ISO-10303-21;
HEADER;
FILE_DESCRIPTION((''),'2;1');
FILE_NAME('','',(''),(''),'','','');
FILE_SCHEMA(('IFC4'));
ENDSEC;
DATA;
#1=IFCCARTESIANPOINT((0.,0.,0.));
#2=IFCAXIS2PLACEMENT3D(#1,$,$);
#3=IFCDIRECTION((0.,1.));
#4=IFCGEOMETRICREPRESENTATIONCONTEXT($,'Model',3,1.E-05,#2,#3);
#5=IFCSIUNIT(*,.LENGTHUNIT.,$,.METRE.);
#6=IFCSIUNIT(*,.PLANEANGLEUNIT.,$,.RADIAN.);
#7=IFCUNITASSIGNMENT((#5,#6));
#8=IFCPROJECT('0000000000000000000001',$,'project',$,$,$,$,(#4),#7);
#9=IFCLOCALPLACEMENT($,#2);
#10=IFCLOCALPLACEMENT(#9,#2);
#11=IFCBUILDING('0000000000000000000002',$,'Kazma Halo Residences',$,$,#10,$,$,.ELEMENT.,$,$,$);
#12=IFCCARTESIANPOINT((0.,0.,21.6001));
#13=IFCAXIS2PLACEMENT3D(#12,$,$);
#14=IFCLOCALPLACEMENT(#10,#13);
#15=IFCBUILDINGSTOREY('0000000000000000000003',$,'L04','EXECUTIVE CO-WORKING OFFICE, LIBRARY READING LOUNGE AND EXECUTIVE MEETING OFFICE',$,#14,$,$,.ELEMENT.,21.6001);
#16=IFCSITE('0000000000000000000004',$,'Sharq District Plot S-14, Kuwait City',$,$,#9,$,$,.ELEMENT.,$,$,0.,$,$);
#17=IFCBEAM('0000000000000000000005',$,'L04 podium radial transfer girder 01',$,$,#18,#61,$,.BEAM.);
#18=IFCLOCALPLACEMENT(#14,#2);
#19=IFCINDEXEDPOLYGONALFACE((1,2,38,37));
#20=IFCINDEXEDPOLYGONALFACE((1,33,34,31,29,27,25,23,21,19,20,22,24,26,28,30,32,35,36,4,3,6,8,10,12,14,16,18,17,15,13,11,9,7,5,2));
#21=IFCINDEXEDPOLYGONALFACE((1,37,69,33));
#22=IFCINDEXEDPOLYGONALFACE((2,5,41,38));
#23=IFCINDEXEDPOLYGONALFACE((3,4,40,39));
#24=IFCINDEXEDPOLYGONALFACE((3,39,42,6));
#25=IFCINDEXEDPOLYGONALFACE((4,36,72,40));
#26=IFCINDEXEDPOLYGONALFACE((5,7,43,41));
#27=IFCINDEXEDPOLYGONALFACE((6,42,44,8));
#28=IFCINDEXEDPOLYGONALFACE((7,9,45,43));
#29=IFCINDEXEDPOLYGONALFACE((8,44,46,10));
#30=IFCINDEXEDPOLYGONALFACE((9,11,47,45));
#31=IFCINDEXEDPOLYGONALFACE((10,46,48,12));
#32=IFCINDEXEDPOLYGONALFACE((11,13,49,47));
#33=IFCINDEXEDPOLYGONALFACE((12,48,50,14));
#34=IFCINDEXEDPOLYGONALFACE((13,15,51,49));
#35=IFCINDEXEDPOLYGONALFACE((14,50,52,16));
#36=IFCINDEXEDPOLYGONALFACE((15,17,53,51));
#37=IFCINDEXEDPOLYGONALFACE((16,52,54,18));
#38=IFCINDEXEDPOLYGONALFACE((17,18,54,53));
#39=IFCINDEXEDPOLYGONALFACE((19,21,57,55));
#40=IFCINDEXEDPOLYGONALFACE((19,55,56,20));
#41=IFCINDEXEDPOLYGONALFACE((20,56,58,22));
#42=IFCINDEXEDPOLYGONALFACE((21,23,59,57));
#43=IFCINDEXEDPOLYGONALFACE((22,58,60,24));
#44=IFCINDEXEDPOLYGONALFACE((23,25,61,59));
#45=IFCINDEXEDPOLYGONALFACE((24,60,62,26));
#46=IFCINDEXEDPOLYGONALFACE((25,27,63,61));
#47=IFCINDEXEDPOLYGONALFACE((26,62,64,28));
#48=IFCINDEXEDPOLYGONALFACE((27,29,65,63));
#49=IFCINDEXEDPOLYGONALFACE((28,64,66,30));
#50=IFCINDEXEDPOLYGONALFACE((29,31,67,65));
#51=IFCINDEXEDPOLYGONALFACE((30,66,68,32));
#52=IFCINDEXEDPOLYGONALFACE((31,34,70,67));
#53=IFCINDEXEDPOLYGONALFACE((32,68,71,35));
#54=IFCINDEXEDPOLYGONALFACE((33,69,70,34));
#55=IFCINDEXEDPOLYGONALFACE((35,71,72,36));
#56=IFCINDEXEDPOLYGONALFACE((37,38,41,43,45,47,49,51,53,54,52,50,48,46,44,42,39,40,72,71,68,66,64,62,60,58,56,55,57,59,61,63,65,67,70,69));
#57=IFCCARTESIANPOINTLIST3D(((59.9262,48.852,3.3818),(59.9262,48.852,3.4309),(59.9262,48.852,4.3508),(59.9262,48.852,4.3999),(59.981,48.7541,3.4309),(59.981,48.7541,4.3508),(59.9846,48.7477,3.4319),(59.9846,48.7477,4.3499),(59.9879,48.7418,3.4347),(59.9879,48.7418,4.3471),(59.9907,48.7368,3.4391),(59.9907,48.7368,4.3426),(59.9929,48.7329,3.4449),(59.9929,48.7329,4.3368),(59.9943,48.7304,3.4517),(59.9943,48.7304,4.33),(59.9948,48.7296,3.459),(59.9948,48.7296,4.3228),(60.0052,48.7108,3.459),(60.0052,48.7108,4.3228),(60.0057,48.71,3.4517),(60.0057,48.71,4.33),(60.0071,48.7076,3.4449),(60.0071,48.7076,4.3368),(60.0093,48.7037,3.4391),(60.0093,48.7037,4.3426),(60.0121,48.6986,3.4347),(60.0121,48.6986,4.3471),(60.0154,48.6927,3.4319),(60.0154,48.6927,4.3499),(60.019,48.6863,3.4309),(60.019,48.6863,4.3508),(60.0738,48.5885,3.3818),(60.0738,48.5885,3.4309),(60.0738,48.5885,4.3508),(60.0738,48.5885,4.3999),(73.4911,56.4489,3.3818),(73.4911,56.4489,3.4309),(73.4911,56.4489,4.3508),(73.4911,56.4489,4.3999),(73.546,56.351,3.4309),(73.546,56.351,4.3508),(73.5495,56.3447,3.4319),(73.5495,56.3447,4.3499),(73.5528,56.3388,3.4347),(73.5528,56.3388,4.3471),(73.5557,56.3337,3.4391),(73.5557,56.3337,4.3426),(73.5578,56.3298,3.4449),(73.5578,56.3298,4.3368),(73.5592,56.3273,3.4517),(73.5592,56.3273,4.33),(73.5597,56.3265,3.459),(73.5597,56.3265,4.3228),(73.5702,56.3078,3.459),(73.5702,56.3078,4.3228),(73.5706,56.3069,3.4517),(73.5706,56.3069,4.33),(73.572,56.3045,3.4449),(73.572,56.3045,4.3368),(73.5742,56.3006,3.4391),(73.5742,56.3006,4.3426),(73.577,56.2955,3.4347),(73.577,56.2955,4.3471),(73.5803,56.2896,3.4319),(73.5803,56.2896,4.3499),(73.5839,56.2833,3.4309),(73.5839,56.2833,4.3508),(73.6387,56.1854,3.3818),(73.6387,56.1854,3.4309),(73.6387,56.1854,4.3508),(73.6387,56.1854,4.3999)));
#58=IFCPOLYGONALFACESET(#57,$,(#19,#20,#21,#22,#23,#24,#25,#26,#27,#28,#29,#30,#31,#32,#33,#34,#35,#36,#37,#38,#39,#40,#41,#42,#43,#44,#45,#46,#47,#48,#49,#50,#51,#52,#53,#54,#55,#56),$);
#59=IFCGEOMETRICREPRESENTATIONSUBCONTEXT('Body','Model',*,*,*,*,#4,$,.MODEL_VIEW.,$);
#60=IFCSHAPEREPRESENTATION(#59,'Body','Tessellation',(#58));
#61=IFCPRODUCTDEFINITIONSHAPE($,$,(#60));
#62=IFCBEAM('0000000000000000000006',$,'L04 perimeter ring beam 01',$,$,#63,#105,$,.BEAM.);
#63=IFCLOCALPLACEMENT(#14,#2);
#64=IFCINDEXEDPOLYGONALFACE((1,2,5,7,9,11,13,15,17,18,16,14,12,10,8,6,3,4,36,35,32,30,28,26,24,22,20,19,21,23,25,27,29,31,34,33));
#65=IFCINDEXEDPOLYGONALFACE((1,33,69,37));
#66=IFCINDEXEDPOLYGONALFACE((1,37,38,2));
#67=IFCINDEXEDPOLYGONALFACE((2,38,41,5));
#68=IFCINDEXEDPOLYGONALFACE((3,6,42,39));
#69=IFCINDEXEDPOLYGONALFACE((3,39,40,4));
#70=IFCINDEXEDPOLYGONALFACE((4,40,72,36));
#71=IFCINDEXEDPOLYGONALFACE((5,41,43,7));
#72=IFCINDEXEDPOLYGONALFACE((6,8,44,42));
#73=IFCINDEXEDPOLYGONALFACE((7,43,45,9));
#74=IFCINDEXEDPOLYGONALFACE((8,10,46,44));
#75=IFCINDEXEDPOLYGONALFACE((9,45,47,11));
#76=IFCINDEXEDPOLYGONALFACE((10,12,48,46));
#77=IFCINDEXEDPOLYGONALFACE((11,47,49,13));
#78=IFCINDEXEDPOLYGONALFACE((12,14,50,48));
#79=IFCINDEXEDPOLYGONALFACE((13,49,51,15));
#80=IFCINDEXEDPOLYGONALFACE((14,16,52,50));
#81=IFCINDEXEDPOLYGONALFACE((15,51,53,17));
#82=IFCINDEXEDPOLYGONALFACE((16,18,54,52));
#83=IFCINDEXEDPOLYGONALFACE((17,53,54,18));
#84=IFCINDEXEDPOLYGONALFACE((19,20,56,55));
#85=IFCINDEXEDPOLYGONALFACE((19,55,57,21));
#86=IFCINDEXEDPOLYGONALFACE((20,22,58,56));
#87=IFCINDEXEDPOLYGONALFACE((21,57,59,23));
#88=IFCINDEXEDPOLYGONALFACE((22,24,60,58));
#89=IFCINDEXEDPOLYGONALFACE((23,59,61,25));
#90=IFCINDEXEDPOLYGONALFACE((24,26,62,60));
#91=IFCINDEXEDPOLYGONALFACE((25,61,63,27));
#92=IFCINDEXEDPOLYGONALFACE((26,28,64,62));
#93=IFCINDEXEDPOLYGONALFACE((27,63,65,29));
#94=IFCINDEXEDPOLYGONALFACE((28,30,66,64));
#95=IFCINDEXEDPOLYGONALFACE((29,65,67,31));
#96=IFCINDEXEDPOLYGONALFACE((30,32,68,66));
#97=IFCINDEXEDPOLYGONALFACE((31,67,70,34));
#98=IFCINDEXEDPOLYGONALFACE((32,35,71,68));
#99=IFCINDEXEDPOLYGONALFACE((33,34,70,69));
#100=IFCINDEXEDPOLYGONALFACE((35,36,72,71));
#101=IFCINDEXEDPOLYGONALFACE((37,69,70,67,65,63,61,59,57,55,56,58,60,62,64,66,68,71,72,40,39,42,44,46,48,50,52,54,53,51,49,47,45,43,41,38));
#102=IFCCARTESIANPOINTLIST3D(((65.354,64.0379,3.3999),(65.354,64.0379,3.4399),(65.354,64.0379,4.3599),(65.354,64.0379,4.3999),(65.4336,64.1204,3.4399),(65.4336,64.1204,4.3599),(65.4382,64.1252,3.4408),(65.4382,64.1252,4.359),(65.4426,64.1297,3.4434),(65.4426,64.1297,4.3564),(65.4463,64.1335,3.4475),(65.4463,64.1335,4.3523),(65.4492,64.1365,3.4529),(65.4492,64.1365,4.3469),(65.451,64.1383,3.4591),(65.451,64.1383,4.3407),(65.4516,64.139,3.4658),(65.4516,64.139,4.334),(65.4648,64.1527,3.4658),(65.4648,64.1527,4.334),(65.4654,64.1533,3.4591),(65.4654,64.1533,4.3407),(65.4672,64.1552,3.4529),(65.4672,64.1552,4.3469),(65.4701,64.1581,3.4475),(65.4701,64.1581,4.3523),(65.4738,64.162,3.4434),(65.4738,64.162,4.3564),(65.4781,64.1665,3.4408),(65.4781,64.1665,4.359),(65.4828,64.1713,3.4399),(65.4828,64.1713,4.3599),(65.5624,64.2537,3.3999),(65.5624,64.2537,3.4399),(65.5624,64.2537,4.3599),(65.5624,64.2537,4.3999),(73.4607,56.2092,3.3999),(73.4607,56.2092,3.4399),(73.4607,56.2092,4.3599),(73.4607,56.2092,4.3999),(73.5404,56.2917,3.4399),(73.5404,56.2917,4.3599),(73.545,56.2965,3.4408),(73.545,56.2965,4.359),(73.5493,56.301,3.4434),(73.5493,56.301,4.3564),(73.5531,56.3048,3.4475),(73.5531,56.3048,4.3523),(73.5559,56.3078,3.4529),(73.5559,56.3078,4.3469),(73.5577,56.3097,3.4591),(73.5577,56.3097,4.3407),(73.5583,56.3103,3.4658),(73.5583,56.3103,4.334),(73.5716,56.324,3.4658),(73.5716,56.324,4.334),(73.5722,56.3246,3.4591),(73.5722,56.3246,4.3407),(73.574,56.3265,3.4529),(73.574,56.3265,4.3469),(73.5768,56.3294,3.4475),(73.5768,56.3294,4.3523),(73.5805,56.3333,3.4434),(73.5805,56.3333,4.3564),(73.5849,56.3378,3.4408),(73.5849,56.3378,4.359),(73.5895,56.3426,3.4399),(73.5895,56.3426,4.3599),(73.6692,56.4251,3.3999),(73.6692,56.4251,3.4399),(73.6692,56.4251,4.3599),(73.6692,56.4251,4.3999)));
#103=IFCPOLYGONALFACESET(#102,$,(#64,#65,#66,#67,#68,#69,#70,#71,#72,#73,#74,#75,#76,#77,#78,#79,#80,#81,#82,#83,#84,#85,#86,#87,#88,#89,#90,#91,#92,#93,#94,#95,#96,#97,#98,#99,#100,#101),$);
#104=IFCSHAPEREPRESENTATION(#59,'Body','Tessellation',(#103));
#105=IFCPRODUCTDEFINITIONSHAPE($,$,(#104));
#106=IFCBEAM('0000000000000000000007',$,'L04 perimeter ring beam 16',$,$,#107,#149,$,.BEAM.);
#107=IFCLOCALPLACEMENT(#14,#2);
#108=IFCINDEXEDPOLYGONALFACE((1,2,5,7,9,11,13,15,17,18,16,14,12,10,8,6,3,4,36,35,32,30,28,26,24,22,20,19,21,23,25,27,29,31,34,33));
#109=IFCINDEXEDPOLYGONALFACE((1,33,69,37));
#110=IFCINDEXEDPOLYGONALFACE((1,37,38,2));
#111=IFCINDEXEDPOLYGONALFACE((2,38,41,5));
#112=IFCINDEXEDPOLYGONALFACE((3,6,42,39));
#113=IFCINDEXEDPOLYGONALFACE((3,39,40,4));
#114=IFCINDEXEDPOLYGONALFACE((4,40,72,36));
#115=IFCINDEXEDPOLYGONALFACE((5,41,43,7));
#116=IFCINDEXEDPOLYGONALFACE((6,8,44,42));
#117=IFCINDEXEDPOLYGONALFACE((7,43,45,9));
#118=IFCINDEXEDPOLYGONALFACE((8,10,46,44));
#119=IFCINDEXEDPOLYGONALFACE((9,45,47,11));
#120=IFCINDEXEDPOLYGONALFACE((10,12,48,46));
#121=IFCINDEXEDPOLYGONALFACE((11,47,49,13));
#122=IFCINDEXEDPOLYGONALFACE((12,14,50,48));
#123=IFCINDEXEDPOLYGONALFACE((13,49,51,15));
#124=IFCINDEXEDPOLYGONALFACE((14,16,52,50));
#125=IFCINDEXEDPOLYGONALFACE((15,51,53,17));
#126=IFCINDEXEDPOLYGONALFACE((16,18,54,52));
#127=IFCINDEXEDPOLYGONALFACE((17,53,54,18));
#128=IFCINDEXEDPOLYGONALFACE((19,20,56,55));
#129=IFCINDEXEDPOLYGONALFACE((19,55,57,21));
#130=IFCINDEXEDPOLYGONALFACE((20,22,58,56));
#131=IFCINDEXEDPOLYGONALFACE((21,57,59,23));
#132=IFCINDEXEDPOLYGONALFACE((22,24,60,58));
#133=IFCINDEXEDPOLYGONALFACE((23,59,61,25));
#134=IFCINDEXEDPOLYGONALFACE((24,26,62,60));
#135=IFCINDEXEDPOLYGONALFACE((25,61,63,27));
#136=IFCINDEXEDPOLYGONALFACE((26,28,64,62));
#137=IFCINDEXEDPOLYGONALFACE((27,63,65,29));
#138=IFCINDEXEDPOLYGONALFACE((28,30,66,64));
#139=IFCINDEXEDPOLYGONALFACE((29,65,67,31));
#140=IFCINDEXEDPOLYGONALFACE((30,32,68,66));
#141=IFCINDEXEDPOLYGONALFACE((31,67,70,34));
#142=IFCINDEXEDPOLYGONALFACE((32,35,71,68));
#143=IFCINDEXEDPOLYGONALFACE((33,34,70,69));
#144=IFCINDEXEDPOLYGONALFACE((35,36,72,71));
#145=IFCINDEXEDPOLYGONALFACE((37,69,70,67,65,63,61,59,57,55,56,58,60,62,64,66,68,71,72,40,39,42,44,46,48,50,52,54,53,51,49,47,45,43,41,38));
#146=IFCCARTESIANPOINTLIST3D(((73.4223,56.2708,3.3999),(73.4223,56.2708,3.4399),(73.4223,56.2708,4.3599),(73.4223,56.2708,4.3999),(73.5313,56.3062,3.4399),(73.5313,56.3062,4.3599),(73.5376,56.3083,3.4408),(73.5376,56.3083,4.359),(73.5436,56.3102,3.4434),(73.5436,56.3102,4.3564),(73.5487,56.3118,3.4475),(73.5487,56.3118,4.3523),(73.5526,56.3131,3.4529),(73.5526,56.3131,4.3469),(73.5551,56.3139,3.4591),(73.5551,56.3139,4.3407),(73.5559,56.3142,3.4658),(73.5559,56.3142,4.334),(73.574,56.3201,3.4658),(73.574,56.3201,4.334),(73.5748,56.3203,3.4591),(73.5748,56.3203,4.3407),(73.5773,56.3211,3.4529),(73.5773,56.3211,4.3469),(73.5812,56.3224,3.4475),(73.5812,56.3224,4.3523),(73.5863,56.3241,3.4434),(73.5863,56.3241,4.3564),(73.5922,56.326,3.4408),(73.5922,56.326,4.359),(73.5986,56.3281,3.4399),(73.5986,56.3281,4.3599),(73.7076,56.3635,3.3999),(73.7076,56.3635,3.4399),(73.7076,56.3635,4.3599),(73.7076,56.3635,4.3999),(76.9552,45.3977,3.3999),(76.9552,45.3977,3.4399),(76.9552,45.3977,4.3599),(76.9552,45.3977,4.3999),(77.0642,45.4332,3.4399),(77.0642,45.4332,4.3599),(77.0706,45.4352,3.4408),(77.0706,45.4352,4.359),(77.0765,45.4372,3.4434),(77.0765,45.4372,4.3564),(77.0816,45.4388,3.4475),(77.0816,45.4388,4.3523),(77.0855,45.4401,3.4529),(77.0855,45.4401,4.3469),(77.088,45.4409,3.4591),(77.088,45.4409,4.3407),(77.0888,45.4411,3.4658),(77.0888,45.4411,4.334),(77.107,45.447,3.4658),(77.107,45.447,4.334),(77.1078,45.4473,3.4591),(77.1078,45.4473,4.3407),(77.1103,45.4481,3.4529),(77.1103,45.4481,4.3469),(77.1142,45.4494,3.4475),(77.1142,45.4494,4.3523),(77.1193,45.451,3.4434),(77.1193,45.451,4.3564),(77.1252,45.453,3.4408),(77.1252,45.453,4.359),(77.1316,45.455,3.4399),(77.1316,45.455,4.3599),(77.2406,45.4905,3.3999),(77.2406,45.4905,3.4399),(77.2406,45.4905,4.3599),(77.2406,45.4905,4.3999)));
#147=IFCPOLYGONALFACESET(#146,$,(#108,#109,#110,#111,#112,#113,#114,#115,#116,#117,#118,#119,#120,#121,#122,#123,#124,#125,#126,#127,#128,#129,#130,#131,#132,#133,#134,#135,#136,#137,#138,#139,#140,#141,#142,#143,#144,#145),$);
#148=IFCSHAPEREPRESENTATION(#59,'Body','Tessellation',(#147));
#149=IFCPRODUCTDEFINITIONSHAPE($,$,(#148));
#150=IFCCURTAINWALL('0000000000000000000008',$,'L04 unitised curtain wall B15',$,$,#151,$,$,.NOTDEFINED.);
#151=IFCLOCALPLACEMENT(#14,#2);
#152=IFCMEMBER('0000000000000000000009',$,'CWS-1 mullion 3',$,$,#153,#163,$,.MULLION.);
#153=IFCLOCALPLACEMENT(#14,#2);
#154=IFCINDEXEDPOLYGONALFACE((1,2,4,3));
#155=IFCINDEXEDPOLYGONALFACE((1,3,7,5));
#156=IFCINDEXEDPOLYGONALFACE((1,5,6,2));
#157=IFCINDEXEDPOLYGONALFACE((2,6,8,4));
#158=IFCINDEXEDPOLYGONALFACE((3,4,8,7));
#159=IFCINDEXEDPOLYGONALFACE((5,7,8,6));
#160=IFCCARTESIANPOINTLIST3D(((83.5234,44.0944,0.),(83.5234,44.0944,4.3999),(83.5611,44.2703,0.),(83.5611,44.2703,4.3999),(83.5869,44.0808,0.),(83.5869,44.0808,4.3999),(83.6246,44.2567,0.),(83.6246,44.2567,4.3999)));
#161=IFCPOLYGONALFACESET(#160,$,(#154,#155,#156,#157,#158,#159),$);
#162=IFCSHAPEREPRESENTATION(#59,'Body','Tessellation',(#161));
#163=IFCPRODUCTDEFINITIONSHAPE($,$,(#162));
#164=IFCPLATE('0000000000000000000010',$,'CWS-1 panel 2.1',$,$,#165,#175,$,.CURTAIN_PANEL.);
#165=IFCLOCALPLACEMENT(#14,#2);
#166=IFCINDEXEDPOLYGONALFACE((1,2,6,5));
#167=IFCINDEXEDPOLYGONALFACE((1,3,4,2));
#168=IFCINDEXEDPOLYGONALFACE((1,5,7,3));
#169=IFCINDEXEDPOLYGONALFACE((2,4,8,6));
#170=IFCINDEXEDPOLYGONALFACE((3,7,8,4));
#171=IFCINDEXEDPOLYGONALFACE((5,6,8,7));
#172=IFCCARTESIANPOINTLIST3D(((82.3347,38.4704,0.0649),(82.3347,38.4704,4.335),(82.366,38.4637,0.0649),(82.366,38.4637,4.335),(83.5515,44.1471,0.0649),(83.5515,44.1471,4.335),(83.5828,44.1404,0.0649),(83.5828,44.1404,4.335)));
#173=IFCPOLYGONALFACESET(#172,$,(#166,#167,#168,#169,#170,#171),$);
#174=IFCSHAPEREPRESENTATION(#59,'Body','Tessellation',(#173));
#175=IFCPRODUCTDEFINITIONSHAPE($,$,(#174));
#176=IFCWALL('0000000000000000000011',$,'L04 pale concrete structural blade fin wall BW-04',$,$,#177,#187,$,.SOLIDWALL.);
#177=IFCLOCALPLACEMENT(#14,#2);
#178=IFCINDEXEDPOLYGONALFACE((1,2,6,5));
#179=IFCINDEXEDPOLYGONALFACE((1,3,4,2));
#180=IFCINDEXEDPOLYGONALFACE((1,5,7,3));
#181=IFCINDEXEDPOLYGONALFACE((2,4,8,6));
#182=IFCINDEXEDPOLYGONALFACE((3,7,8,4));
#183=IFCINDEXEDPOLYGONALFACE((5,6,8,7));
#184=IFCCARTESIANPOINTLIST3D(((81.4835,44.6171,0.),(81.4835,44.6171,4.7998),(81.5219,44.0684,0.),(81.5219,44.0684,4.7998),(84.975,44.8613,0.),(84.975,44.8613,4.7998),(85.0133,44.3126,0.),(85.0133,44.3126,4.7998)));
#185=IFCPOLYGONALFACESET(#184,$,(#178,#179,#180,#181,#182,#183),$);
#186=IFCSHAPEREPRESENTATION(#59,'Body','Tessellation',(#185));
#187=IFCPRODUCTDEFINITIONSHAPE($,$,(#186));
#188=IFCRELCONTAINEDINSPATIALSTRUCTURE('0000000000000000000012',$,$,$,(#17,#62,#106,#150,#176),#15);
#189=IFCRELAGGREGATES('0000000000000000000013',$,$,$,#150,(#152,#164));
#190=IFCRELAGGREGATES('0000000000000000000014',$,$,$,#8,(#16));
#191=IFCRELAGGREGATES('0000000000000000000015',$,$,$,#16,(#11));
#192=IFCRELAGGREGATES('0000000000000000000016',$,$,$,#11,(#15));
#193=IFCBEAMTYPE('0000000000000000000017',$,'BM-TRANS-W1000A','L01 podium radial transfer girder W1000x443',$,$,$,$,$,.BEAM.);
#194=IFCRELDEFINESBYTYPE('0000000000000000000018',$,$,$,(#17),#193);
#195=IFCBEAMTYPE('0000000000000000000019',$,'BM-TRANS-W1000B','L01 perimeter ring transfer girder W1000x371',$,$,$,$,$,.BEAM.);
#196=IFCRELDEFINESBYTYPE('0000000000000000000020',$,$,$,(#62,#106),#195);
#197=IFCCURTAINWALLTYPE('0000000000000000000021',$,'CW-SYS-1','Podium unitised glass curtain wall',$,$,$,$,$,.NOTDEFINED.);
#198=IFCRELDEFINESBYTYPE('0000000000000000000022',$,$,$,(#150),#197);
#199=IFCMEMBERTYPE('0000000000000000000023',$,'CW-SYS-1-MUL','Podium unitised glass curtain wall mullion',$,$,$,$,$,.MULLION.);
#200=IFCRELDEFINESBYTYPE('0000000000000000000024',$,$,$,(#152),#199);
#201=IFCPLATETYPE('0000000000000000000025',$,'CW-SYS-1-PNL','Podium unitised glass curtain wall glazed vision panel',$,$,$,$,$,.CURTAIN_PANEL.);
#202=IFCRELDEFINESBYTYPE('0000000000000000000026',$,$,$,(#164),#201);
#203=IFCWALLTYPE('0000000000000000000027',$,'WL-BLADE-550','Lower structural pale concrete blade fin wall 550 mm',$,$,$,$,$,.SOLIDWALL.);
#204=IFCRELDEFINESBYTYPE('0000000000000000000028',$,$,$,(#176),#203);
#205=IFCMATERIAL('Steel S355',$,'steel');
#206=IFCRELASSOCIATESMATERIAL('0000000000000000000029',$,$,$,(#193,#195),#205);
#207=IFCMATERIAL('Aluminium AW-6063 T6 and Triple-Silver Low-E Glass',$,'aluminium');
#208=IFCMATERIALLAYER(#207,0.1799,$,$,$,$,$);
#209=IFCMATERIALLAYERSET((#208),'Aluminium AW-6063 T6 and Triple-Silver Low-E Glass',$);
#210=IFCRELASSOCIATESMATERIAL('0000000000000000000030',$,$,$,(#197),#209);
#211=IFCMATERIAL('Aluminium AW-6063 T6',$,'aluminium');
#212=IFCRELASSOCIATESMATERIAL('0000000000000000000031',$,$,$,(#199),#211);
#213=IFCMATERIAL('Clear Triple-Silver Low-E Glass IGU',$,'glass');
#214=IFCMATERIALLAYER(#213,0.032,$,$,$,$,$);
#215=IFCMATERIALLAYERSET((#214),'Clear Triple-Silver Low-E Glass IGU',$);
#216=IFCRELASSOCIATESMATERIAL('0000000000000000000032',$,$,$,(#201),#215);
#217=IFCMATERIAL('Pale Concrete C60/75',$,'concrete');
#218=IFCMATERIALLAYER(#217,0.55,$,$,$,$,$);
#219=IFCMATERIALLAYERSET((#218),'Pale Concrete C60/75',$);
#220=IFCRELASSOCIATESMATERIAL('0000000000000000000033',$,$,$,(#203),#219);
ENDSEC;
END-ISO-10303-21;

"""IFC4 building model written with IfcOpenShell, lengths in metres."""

from ifc_helpers import new_model, si_unit, direction, frame, frame_2d, origin, origin_2d, place, context, subcontext, project, spatial, rectangle, i_section, extrude, material, layer, layer_set, material_profile, profile_set, type_object, element, aggregate, save


model = new_model("IFC4")

# Units and contexts
model_context = context("Model", 3, precision=1e-05, world=origin(), true_north=direction((0.0, 1.0)))
body_context = subcontext(model_context, "Body", "Model", "MODEL_VIEW")
ifc_project = project(units=[si_unit("LENGTHUNIT", "METRE"), si_unit("PLANEANGLEUNIT", "RADIAN")], contexts=[model_context])

# Site, building, storey
site_placement = place(None, origin())
site = spatial("IfcSite", under=ifc_project, at=site_placement, Name="Sharq District Plot S-14, Kuwait City", CompositionType="ELEMENT", RefElevation=0.0)
building_placement = place(site_placement, origin())
building = spatial("IfcBuilding", under=site, at=building_placement, Name="Kazma Halo Residences", CompositionType="ELEMENT")
storey_placement = place(building_placement, frame((0.0, 0.0, 21.6001)))
storey = spatial("IfcBuildingStorey", under=building, at=storey_placement, Name="L04", Description="EXECUTIVE CO-WORKING OFFICE, LIBRARY READING LOUNGE AND EXECUTIVE MEETING OFFICE", CompositionType="ELEMENT", Elevation=21.6001)

# Beams
ifc_material_1 = material(Name="Steel S355", Category="steel")
ifc_material_profile_1 = material_profile(ifc_material_1, i_section(OverallWidth=0.302, OverallDepth=1.0181, WebThickness=0.0215, FlangeThickness=0.0491, FilletRadius=0.0281, at=origin_2d()), Name="W1000x443")
ifc_profile_set_1 = profile_set([ifc_material_profile_1], Name="Steel S355")
beam_type_1 = type_object("IfcBeamType", Name="BM-TRANS-W1000A", Description="L01 podium radial transfer girder W1000x443", PredefinedType="BEAM", material=ifc_profile_set_1)
beam_1_placement = place(storey_placement, frame((60.0, 48.7202, 3.8909), z_axis=(0.872491, 0.488631, 0.0), x_axis=(-0.488631, 0.872491, 0.0)))
element("IfcBeam", 1, at=beam_1_placement, inside=storey, type_object=beam_type_1, Name="L04 podium radial transfer girder 01", PredefinedType="BEAM", context=body_context, shape_type="SweptSolid", body=[
    extrude(i_section(OverallWidth=0.302, OverallDepth=1.0181, WebThickness=0.0215, FlangeThickness=0.0491, FilletRadius=0.0281, at=origin_2d()), origin(), (0.0, 0.0, 1.0), 15.5474),
])
ifc_material_profile_2 = material_profile(ifc_material_1, i_section(OverallWidth=0.3, OverallDepth=1.0, WebThickness=0.019, FlangeThickness=0.04, FilletRadius=0.0259, at=origin_2d()), Name="W1000x371")
ifc_profile_set_2 = profile_set([ifc_material_profile_2], Name="Steel S355")
beam_type_2 = type_object("IfcBeamType", Name="BM-TRANS-W1000B", Description="L01 perimeter ring transfer girder W1000x371", PredefinedType="BEAM", material=ifc_profile_set_2)
beam_2_placement = place(storey_placement, frame((73.5649, 56.3171, 3.8999), z_axis=(-0.719337, 0.694662, 0.0), x_axis=(-0.694662, -0.719337, 0.0)))
element("IfcBeam", 2, at=beam_2_placement, inside=storey, type_object=beam_type_2, Name="L04 perimeter ring beam 01", PredefinedType="BEAM", context=body_context, shape_type="SweptSolid", body=[
    extrude(i_section(OverallWidth=0.3, OverallDepth=1.0, WebThickness=0.019, FlangeThickness=0.04, FilletRadius=0.0259, at=origin_2d()), origin(), (0.0, 0.0, 1.0), 11.2698),
])
beam_3_placement = place(storey_placement, frame((77.0979, 45.4441, 3.8999), z_axis=(-0.309024, 0.951054, 0.0), x_axis=(-0.951054, -0.309024, 0.0)))
element("IfcBeam", 3, at=beam_3_placement, inside=storey, type_object=beam_type_2, Name="L04 perimeter ring beam 16", PredefinedType="BEAM", context=body_context, shape_type="SweptSolid", body=[
    extrude(i_section(OverallWidth=0.3, OverallDepth=1.0, WebThickness=0.019, FlangeThickness=0.04, FilletRadius=0.0259, at=origin_2d()), origin(), (0.0, 0.0, 1.0), 11.4326),
])

# Curtain wall, member, plate
ifc_material_2 = material(Name="Aluminium AW-6063 T6 and Triple-Silver Low-E Glass", Category="aluminium")
ifc_layer_1 = layer(ifc_material_2, 0.1799)
ifc_layer_set_1 = layer_set([ifc_layer_1], Name="Aluminium AW-6063 T6 and Triple-Silver Low-E Glass")
curtain_wall_type = type_object("IfcCurtainWallType", Name="CW-SYS-1", Description="Podium unitised glass curtain wall", PredefinedType="NOTDEFINED", material=ifc_layer_set_1)
curtain_wall_placement = place(storey_placement, origin())
curtain_wall = element("IfcCurtainWall", 4, at=curtain_wall_placement, inside=storey, type_object=curtain_wall_type, Name="L04 unitised curtain wall B15", PredefinedType="NOTDEFINED")
ifc_material_3 = material(Name="Aluminium AW-6063 T6", Category="aluminium")
ifc_material_profile_3 = material_profile(ifc_material_3, rectangle(XDim=0.0649, YDim=0.1799, at=origin_2d()), Name="CWM-65x180")
ifc_profile_set_3 = profile_set([ifc_material_profile_3], Name="Aluminium AW-6063 T6")
member_type = type_object("IfcMemberType", Name="CW-SYS-1-MUL", Description="Podium unitised glass curtain wall mullion", PredefinedType="MULLION", material=ifc_profile_set_3)
member_placement = place(storey_placement, frame((83.574, 44.1755, 0.0), z_axis=(0.0, 0.0, 1.0), x_axis=(-0.977788, 0.209596, 0.0)))
member = element("IfcMember", 5, at=member_placement, type_object=member_type, Name="CWS-1 mullion 3", PredefinedType="MULLION", context=body_context, shape_type="SweptSolid", body=[
    extrude(rectangle(XDim=0.0649, YDim=0.1799, at=origin_2d()), origin(), (0.0, 0.0, 1.0), 4.3999),
])
ifc_material_4 = material(Name="Clear Triple-Silver Low-E Glass IGU", Category="glass")
ifc_layer_2 = layer(ifc_material_4, 0.032)
ifc_layer_set_2 = layer_set([ifc_layer_2], Name="Clear Triple-Silver Low-E Glass IGU")
plate_type = type_object("IfcPlateType", Name="CW-SYS-1-PNL", Description="Podium unitised glass curtain wall glazed vision panel", PredefinedType="CURTAIN_PANEL", material=ifc_layer_set_2)
plate_placement = place(storey_placement, frame((82.9587, 41.3054, 0.0649), z_axis=(0.0, 0.0, 1.0), x_axis=(0.209596, 0.977788, 0.0)))
plate = element("IfcPlate", 6, at=plate_placement, type_object=plate_type, Name="CWS-1 panel 2.1", PredefinedType="CURTAIN_PANEL", context=body_context, shape_type="SweptSolid", body=[
    extrude(rectangle(XDim=5.8057, YDim=0.032, at=origin_2d()), origin(), (0.0, 0.0, 1.0), 4.27),
])
aggregate(curtain_wall, [member, plate])

# Wall
ifc_material_5 = material(Name="Pale Concrete C60/75", Category="concrete")
ifc_layer_3 = layer(ifc_material_5, 0.55)
ifc_layer_set_3 = layer_set([ifc_layer_3], Name="Pale Concrete C60/75")
wall_type_1 = type_object("IfcWallType", Name="WL-BLADE-550", Description="Lower structural pale concrete blade fin wall 550 mm", PredefinedType="SOLIDWALL", material=ifc_layer_set_3)
wall_1_placement = place(storey_placement, frame((81.5027, 44.3428, 0.0), z_axis=(0.0, 0.0, 1.0), x_axis=(0.997564, 0.069755, 0.0)))
element("IfcWall", 7, at=wall_1_placement, inside=storey, type_object=wall_type_1, Name="L04 pale concrete structural blade fin wall BW-04", PredefinedType="SOLIDWALL", context=body_context, shape_type="SweptSolid", body=[
    extrude(rectangle(XDim=3.5, YDim=0.55, at=frame_2d((1.75, 0.0))), origin(), (0.0, 0.0, 1.0), 4.7998),
])

save(model, "model.ifc")
